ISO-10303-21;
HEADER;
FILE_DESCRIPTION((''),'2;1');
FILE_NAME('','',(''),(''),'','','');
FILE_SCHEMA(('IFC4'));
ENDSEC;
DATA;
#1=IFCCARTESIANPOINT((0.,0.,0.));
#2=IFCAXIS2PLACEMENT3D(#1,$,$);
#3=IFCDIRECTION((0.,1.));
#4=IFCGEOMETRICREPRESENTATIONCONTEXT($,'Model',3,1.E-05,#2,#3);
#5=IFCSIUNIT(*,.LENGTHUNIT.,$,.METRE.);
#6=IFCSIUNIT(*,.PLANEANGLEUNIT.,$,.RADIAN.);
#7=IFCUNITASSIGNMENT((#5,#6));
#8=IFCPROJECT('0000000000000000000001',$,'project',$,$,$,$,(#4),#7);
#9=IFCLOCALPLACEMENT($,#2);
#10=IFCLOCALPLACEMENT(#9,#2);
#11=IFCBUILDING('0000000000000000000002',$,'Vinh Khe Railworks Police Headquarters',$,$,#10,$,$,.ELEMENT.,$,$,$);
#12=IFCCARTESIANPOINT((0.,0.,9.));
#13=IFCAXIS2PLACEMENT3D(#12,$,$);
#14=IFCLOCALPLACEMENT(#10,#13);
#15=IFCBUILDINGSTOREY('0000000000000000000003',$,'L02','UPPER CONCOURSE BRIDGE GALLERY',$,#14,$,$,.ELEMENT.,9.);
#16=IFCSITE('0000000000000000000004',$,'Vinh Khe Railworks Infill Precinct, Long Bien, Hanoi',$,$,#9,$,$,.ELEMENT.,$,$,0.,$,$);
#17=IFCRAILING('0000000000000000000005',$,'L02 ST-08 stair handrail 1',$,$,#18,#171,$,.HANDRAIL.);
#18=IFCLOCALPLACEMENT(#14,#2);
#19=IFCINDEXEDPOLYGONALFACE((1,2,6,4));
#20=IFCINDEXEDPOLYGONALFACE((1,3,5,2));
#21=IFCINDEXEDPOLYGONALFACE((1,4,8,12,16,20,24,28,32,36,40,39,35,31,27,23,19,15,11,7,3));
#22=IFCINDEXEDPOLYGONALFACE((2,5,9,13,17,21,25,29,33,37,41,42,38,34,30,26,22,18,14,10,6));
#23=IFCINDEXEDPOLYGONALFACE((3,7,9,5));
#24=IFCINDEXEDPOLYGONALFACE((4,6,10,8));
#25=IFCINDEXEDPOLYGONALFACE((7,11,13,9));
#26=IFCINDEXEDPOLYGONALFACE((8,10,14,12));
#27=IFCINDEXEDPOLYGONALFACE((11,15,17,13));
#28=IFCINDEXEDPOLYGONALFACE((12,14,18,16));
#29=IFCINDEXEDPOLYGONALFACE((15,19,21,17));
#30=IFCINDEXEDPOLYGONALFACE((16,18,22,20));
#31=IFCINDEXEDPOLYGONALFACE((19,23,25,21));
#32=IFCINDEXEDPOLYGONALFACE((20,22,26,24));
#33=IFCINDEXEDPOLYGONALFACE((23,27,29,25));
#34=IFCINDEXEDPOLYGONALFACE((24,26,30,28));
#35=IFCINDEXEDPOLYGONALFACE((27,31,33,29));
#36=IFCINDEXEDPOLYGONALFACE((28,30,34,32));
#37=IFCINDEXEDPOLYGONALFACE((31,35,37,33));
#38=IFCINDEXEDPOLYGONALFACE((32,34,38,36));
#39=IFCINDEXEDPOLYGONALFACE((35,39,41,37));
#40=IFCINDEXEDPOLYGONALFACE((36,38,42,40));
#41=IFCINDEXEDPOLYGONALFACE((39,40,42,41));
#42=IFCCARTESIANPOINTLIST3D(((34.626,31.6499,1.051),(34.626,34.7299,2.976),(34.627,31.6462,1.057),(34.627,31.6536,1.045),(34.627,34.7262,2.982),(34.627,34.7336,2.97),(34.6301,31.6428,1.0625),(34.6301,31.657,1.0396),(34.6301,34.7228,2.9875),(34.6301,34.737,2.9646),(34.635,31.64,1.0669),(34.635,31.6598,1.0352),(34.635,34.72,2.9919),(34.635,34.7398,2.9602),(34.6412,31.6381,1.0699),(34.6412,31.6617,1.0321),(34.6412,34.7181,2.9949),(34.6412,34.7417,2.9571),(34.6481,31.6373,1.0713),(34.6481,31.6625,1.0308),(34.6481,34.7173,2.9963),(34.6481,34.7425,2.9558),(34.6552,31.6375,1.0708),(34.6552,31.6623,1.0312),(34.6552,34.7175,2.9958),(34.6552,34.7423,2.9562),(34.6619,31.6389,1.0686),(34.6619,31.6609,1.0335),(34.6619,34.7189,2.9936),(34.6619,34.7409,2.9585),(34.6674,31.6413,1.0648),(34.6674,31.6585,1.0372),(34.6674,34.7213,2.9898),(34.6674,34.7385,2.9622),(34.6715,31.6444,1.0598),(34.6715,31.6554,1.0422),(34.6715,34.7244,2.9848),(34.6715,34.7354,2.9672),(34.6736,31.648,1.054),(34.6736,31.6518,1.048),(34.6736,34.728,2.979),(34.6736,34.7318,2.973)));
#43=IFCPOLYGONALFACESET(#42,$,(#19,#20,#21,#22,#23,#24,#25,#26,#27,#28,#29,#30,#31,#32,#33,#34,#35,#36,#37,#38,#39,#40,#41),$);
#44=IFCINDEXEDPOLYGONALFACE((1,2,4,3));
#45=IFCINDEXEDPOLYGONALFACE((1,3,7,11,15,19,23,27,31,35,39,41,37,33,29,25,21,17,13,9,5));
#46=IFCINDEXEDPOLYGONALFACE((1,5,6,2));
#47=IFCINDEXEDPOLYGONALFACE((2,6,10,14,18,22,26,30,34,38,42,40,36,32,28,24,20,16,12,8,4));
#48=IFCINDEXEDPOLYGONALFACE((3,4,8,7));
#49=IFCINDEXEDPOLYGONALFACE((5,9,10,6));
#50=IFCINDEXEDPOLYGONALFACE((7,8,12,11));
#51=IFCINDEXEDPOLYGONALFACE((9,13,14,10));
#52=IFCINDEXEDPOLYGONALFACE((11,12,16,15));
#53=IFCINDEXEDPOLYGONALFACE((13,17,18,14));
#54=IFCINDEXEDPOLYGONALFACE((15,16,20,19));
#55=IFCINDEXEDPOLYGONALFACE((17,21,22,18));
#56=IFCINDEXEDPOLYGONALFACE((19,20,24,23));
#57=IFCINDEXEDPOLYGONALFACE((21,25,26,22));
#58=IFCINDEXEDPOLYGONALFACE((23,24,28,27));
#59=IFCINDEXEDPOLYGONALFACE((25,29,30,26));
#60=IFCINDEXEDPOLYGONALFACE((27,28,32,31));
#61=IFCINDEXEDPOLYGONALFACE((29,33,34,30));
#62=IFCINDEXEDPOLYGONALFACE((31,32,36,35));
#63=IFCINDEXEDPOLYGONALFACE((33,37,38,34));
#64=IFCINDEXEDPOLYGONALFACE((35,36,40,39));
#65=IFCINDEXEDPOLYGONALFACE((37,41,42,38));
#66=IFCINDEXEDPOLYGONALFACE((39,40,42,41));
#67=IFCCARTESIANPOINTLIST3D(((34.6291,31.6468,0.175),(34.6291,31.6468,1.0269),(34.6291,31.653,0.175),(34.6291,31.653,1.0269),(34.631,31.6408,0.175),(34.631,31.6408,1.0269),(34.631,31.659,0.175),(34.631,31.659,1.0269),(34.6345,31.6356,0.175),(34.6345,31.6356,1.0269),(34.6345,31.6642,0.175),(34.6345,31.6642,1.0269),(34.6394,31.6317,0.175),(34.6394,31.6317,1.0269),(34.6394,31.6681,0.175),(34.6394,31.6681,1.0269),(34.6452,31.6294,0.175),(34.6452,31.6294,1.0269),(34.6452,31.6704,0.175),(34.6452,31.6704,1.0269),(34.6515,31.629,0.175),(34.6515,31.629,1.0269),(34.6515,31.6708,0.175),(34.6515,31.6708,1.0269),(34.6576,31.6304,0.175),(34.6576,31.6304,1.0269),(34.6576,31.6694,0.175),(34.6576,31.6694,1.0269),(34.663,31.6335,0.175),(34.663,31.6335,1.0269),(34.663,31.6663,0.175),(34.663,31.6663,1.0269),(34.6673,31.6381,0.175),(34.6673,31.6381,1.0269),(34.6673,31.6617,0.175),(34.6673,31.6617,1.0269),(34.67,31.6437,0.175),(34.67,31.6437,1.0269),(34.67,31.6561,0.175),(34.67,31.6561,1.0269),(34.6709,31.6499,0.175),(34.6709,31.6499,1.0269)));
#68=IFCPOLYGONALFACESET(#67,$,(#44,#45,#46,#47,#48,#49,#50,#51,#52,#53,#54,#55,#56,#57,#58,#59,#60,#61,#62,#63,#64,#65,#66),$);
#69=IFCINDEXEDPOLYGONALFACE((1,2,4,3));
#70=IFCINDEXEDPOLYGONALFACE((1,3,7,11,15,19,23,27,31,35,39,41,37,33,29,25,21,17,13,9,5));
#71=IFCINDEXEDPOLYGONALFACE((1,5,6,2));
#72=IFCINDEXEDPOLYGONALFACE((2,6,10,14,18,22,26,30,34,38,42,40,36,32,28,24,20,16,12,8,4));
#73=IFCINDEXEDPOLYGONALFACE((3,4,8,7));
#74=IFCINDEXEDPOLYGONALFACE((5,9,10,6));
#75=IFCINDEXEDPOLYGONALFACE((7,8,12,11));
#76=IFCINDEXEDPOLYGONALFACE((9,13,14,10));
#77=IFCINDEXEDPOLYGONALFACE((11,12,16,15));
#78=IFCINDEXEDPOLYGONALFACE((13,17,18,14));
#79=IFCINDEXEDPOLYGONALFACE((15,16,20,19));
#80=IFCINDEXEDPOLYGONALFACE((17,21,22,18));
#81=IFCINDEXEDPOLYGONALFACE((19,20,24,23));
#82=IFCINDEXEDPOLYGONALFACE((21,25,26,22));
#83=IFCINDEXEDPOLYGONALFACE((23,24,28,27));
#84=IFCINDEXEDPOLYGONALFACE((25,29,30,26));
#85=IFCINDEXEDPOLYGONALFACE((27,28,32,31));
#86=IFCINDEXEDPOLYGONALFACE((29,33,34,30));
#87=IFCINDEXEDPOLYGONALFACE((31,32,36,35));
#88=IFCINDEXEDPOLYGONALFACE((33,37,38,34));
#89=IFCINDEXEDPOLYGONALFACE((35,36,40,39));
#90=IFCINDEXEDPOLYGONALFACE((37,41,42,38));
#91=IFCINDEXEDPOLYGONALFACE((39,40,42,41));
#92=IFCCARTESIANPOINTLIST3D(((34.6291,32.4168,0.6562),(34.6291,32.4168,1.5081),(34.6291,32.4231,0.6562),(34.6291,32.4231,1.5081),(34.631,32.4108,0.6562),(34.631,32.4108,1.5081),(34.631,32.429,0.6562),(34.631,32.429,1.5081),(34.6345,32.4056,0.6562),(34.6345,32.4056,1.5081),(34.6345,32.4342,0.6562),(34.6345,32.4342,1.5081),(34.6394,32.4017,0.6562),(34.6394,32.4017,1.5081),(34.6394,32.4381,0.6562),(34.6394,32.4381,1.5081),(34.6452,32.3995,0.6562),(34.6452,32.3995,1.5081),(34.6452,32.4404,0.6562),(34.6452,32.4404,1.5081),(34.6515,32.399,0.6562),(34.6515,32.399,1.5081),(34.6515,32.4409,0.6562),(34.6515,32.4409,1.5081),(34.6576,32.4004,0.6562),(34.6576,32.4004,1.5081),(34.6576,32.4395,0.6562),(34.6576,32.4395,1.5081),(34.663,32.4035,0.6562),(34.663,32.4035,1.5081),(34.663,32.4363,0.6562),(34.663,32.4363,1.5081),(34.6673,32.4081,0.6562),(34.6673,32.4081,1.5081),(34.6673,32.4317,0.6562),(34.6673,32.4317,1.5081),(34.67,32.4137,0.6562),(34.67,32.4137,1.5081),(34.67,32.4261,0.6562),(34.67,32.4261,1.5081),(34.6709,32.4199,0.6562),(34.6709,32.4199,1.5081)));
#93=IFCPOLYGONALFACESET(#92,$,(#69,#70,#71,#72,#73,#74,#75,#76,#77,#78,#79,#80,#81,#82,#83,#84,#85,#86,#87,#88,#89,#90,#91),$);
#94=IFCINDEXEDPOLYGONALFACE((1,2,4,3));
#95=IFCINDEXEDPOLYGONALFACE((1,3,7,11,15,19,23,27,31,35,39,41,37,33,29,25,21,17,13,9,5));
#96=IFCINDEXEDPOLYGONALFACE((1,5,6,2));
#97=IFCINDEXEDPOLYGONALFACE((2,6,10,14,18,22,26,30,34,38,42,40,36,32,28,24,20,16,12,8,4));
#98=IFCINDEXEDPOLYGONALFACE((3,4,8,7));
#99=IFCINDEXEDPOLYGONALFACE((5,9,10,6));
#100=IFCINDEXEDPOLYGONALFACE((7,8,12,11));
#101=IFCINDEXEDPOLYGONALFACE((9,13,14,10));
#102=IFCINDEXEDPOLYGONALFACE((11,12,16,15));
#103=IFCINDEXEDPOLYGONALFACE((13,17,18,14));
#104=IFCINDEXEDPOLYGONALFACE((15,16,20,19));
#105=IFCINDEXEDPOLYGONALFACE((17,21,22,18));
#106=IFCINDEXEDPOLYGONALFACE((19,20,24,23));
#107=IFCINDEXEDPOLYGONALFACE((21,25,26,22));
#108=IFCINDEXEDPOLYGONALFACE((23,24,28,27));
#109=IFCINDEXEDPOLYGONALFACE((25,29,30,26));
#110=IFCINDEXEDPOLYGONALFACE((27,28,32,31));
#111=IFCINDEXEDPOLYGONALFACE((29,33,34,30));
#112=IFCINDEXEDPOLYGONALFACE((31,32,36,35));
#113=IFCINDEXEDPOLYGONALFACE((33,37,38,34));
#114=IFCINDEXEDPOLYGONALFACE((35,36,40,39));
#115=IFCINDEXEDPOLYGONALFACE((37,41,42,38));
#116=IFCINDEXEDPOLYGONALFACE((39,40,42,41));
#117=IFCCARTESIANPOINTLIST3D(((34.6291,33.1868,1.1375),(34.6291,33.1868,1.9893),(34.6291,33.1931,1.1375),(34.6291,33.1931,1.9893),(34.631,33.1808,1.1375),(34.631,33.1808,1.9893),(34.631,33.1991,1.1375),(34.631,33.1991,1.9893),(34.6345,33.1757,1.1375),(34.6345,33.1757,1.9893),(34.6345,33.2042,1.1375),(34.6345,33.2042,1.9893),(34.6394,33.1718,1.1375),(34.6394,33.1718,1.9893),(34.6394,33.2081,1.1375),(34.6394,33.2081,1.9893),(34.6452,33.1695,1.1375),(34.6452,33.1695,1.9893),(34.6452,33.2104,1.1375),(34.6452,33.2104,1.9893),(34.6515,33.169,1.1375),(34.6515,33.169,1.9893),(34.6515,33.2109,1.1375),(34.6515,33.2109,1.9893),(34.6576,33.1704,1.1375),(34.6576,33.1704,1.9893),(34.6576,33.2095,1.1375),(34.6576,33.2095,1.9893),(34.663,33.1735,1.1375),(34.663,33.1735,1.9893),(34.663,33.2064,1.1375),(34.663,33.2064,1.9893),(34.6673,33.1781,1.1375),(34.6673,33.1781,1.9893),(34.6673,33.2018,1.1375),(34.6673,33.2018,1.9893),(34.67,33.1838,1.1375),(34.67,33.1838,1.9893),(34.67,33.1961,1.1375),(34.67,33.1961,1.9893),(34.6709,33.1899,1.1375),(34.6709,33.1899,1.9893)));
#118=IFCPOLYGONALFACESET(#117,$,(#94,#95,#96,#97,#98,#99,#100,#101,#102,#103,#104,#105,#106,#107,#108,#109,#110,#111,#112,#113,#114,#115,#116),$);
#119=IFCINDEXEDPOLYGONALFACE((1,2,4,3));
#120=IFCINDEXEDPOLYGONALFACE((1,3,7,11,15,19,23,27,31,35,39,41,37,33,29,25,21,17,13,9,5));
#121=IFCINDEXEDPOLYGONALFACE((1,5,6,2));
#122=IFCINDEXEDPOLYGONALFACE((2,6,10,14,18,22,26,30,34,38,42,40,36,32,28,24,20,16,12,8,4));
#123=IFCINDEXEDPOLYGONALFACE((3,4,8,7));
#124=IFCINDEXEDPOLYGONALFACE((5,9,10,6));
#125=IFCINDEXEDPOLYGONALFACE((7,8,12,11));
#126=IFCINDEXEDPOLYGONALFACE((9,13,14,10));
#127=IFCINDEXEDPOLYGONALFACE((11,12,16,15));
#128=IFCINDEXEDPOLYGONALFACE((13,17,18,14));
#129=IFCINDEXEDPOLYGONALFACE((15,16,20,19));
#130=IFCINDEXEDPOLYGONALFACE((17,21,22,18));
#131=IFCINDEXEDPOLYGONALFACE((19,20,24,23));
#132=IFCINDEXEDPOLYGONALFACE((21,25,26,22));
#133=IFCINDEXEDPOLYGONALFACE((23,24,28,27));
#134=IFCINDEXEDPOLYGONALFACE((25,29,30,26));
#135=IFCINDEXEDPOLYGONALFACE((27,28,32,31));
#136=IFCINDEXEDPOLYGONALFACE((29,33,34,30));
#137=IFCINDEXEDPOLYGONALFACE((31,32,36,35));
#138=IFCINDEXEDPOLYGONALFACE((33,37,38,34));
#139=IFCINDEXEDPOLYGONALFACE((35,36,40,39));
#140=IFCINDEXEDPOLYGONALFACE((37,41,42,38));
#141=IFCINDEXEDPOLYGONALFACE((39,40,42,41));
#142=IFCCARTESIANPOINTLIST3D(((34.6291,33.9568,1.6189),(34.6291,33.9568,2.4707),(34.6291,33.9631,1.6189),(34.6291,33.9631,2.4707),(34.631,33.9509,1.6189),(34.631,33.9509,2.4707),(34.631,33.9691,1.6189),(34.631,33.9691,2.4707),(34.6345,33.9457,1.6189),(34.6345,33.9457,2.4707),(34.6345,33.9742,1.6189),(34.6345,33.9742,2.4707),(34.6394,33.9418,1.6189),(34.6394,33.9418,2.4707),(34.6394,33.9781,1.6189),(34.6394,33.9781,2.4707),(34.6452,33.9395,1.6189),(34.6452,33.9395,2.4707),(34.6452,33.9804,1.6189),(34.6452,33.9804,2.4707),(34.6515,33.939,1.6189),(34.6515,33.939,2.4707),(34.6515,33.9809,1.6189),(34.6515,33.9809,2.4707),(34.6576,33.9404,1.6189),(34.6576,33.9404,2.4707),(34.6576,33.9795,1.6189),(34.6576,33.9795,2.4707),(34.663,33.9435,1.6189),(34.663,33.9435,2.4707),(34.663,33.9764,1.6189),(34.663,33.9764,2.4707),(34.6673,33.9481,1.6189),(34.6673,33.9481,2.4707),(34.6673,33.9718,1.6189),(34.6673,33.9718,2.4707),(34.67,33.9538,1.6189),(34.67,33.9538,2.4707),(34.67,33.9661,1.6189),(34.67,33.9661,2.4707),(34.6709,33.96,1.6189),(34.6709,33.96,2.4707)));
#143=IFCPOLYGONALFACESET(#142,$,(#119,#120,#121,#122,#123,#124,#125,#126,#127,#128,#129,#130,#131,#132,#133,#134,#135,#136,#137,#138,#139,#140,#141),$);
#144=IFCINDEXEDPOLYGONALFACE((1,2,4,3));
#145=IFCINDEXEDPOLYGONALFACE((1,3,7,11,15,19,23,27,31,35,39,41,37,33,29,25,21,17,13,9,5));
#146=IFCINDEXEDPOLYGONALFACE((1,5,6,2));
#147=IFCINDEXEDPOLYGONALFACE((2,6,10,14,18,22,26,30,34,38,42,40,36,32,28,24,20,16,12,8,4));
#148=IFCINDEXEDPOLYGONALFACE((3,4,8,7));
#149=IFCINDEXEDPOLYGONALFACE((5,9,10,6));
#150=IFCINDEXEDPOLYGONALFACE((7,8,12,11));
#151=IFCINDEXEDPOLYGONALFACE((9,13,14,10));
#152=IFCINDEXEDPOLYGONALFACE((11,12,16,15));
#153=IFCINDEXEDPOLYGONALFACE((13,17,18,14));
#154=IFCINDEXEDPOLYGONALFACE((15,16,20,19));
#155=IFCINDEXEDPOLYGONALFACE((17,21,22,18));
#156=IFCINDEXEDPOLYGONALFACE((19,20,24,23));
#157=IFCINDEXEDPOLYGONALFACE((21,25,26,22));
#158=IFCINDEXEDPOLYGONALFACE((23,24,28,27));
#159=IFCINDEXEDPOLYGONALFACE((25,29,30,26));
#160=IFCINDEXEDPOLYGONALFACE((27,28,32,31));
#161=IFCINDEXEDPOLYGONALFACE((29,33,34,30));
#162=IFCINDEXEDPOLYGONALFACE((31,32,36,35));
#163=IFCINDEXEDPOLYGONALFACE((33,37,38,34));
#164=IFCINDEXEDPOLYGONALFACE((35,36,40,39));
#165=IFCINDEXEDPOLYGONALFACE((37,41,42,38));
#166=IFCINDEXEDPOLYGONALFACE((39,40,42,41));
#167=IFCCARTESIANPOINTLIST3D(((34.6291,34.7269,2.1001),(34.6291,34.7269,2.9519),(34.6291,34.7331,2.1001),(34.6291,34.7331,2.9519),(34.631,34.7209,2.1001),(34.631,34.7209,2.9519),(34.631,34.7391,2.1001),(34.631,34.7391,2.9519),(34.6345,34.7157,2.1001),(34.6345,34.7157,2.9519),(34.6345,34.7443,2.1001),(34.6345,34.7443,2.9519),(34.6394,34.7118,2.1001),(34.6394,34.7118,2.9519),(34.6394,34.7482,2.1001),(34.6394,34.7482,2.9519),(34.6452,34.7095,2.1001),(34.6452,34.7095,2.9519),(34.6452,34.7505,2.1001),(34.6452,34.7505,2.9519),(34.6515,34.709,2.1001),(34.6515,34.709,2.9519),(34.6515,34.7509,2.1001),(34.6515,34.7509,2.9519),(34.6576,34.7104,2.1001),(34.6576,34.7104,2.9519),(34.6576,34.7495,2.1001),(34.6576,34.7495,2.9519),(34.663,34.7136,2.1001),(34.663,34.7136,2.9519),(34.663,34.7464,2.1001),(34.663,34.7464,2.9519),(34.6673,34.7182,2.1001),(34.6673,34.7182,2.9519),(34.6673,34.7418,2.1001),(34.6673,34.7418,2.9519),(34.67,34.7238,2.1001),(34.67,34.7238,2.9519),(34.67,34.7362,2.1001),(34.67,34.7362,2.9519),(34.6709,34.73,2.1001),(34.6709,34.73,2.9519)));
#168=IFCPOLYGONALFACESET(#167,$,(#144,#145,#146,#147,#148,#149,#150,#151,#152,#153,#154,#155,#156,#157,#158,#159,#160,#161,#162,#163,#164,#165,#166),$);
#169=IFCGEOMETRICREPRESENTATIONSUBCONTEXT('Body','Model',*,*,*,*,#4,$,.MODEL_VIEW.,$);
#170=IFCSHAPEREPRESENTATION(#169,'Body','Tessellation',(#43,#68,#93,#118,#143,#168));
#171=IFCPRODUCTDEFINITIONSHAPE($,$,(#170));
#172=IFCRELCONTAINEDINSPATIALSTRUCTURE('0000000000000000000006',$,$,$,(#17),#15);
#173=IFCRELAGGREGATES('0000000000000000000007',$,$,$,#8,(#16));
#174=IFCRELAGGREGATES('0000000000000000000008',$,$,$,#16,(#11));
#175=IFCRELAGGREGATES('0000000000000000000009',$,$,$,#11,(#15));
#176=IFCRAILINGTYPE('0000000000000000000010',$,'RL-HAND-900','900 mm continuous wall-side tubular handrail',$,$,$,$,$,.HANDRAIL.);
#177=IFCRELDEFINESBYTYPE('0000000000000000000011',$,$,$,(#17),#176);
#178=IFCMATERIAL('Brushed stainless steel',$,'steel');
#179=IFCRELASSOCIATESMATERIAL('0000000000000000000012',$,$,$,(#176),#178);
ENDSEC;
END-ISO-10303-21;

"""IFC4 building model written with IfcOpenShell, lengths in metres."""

from ifc_helpers import new_model, si_unit, direction, frame, origin, origin_2d, place, context, subcontext, project, spatial, circle, extrude, material, type_object, element, save


model = new_model("IFC4")

# Units and contexts
model_context = context("Model", 3, precision=1e-05, world=origin(), true_north=direction((0.0, 1.0)))
body_context = subcontext(model_context, "Body", "Model", "MODEL_VIEW")
ifc_project = project(units=[si_unit("LENGTHUNIT", "METRE"), si_unit("PLANEANGLEUNIT", "RADIAN")], contexts=[model_context])

# Site, building, storey
site_placement = place(None, origin())
site = spatial("IfcSite", under=ifc_project, at=site_placement, Name="Vinh Khe Railworks Infill Precinct, Long Bien, Hanoi", CompositionType="ELEMENT", RefElevation=0.0)
building_placement = place(site_placement, origin())
building = spatial("IfcBuilding", under=site, at=building_placement, Name="Vinh Khe Railworks Police Headquarters", CompositionType="ELEMENT")
storey_placement = place(building_placement, frame((0.0, 0.0, 9.0)))
storey = spatial("IfcBuildingStorey", under=building, at=storey_placement, Name="L02", Description="UPPER CONCOURSE BRIDGE GALLERY", CompositionType="ELEMENT", Elevation=9.0)

# Railing
ifc_material_1 = material(Name="Brushed stainless steel", Category="steel")
railing_type_1 = type_object("IfcRailingType", Name="RL-HAND-900", Description="900 mm continuous wall-side tubular handrail", PredefinedType="HANDRAIL", material=ifc_material_1)
railing_1_placement = place(storey_placement, frame((34.6499, 31.6499, 0.175)))
element("IfcRailing", 1, at=railing_1_placement, inside=storey, type_object=railing_type_1, Name="L02 ST-08 stair handrail 1", PredefinedType="HANDRAIL", context=body_context, shape_type="SweptSolid", body=[
    extrude(circle(Radius=0.0239, at=origin_2d()), frame((0.0, 0.0, 0.876), z_axis=(0.0, 0.847998, 0.529999), x_axis=(-1.0, 0.0, 0.0)), (0.0, 0.0, 1.0), 3.6321),
    extrude(circle(Radius=0.021, at=origin_2d()), origin(), (0.0, 0.0, 1.0), 0.8518),
    extrude(circle(Radius=0.021, at=origin_2d()), frame((0.0, 0.77, 0.4812)), (0.0, 0.0, 1.0), 0.8518),
    extrude(circle(Radius=0.021, at=origin_2d()), frame((0.0, 1.54, 0.9624)), (0.0, 0.0, 1.0), 0.8518),
    extrude(circle(Radius=0.021, at=origin_2d()), frame((0.0, 2.3101, 1.4438)), (0.0, 0.0, 1.0), 0.8518),
    extrude(circle(Radius=0.021, at=origin_2d()), frame((0.0, 3.0801, 1.925)), (0.0, 0.0, 1.0), 0.8518),
])

save(model, "model.ifc")
